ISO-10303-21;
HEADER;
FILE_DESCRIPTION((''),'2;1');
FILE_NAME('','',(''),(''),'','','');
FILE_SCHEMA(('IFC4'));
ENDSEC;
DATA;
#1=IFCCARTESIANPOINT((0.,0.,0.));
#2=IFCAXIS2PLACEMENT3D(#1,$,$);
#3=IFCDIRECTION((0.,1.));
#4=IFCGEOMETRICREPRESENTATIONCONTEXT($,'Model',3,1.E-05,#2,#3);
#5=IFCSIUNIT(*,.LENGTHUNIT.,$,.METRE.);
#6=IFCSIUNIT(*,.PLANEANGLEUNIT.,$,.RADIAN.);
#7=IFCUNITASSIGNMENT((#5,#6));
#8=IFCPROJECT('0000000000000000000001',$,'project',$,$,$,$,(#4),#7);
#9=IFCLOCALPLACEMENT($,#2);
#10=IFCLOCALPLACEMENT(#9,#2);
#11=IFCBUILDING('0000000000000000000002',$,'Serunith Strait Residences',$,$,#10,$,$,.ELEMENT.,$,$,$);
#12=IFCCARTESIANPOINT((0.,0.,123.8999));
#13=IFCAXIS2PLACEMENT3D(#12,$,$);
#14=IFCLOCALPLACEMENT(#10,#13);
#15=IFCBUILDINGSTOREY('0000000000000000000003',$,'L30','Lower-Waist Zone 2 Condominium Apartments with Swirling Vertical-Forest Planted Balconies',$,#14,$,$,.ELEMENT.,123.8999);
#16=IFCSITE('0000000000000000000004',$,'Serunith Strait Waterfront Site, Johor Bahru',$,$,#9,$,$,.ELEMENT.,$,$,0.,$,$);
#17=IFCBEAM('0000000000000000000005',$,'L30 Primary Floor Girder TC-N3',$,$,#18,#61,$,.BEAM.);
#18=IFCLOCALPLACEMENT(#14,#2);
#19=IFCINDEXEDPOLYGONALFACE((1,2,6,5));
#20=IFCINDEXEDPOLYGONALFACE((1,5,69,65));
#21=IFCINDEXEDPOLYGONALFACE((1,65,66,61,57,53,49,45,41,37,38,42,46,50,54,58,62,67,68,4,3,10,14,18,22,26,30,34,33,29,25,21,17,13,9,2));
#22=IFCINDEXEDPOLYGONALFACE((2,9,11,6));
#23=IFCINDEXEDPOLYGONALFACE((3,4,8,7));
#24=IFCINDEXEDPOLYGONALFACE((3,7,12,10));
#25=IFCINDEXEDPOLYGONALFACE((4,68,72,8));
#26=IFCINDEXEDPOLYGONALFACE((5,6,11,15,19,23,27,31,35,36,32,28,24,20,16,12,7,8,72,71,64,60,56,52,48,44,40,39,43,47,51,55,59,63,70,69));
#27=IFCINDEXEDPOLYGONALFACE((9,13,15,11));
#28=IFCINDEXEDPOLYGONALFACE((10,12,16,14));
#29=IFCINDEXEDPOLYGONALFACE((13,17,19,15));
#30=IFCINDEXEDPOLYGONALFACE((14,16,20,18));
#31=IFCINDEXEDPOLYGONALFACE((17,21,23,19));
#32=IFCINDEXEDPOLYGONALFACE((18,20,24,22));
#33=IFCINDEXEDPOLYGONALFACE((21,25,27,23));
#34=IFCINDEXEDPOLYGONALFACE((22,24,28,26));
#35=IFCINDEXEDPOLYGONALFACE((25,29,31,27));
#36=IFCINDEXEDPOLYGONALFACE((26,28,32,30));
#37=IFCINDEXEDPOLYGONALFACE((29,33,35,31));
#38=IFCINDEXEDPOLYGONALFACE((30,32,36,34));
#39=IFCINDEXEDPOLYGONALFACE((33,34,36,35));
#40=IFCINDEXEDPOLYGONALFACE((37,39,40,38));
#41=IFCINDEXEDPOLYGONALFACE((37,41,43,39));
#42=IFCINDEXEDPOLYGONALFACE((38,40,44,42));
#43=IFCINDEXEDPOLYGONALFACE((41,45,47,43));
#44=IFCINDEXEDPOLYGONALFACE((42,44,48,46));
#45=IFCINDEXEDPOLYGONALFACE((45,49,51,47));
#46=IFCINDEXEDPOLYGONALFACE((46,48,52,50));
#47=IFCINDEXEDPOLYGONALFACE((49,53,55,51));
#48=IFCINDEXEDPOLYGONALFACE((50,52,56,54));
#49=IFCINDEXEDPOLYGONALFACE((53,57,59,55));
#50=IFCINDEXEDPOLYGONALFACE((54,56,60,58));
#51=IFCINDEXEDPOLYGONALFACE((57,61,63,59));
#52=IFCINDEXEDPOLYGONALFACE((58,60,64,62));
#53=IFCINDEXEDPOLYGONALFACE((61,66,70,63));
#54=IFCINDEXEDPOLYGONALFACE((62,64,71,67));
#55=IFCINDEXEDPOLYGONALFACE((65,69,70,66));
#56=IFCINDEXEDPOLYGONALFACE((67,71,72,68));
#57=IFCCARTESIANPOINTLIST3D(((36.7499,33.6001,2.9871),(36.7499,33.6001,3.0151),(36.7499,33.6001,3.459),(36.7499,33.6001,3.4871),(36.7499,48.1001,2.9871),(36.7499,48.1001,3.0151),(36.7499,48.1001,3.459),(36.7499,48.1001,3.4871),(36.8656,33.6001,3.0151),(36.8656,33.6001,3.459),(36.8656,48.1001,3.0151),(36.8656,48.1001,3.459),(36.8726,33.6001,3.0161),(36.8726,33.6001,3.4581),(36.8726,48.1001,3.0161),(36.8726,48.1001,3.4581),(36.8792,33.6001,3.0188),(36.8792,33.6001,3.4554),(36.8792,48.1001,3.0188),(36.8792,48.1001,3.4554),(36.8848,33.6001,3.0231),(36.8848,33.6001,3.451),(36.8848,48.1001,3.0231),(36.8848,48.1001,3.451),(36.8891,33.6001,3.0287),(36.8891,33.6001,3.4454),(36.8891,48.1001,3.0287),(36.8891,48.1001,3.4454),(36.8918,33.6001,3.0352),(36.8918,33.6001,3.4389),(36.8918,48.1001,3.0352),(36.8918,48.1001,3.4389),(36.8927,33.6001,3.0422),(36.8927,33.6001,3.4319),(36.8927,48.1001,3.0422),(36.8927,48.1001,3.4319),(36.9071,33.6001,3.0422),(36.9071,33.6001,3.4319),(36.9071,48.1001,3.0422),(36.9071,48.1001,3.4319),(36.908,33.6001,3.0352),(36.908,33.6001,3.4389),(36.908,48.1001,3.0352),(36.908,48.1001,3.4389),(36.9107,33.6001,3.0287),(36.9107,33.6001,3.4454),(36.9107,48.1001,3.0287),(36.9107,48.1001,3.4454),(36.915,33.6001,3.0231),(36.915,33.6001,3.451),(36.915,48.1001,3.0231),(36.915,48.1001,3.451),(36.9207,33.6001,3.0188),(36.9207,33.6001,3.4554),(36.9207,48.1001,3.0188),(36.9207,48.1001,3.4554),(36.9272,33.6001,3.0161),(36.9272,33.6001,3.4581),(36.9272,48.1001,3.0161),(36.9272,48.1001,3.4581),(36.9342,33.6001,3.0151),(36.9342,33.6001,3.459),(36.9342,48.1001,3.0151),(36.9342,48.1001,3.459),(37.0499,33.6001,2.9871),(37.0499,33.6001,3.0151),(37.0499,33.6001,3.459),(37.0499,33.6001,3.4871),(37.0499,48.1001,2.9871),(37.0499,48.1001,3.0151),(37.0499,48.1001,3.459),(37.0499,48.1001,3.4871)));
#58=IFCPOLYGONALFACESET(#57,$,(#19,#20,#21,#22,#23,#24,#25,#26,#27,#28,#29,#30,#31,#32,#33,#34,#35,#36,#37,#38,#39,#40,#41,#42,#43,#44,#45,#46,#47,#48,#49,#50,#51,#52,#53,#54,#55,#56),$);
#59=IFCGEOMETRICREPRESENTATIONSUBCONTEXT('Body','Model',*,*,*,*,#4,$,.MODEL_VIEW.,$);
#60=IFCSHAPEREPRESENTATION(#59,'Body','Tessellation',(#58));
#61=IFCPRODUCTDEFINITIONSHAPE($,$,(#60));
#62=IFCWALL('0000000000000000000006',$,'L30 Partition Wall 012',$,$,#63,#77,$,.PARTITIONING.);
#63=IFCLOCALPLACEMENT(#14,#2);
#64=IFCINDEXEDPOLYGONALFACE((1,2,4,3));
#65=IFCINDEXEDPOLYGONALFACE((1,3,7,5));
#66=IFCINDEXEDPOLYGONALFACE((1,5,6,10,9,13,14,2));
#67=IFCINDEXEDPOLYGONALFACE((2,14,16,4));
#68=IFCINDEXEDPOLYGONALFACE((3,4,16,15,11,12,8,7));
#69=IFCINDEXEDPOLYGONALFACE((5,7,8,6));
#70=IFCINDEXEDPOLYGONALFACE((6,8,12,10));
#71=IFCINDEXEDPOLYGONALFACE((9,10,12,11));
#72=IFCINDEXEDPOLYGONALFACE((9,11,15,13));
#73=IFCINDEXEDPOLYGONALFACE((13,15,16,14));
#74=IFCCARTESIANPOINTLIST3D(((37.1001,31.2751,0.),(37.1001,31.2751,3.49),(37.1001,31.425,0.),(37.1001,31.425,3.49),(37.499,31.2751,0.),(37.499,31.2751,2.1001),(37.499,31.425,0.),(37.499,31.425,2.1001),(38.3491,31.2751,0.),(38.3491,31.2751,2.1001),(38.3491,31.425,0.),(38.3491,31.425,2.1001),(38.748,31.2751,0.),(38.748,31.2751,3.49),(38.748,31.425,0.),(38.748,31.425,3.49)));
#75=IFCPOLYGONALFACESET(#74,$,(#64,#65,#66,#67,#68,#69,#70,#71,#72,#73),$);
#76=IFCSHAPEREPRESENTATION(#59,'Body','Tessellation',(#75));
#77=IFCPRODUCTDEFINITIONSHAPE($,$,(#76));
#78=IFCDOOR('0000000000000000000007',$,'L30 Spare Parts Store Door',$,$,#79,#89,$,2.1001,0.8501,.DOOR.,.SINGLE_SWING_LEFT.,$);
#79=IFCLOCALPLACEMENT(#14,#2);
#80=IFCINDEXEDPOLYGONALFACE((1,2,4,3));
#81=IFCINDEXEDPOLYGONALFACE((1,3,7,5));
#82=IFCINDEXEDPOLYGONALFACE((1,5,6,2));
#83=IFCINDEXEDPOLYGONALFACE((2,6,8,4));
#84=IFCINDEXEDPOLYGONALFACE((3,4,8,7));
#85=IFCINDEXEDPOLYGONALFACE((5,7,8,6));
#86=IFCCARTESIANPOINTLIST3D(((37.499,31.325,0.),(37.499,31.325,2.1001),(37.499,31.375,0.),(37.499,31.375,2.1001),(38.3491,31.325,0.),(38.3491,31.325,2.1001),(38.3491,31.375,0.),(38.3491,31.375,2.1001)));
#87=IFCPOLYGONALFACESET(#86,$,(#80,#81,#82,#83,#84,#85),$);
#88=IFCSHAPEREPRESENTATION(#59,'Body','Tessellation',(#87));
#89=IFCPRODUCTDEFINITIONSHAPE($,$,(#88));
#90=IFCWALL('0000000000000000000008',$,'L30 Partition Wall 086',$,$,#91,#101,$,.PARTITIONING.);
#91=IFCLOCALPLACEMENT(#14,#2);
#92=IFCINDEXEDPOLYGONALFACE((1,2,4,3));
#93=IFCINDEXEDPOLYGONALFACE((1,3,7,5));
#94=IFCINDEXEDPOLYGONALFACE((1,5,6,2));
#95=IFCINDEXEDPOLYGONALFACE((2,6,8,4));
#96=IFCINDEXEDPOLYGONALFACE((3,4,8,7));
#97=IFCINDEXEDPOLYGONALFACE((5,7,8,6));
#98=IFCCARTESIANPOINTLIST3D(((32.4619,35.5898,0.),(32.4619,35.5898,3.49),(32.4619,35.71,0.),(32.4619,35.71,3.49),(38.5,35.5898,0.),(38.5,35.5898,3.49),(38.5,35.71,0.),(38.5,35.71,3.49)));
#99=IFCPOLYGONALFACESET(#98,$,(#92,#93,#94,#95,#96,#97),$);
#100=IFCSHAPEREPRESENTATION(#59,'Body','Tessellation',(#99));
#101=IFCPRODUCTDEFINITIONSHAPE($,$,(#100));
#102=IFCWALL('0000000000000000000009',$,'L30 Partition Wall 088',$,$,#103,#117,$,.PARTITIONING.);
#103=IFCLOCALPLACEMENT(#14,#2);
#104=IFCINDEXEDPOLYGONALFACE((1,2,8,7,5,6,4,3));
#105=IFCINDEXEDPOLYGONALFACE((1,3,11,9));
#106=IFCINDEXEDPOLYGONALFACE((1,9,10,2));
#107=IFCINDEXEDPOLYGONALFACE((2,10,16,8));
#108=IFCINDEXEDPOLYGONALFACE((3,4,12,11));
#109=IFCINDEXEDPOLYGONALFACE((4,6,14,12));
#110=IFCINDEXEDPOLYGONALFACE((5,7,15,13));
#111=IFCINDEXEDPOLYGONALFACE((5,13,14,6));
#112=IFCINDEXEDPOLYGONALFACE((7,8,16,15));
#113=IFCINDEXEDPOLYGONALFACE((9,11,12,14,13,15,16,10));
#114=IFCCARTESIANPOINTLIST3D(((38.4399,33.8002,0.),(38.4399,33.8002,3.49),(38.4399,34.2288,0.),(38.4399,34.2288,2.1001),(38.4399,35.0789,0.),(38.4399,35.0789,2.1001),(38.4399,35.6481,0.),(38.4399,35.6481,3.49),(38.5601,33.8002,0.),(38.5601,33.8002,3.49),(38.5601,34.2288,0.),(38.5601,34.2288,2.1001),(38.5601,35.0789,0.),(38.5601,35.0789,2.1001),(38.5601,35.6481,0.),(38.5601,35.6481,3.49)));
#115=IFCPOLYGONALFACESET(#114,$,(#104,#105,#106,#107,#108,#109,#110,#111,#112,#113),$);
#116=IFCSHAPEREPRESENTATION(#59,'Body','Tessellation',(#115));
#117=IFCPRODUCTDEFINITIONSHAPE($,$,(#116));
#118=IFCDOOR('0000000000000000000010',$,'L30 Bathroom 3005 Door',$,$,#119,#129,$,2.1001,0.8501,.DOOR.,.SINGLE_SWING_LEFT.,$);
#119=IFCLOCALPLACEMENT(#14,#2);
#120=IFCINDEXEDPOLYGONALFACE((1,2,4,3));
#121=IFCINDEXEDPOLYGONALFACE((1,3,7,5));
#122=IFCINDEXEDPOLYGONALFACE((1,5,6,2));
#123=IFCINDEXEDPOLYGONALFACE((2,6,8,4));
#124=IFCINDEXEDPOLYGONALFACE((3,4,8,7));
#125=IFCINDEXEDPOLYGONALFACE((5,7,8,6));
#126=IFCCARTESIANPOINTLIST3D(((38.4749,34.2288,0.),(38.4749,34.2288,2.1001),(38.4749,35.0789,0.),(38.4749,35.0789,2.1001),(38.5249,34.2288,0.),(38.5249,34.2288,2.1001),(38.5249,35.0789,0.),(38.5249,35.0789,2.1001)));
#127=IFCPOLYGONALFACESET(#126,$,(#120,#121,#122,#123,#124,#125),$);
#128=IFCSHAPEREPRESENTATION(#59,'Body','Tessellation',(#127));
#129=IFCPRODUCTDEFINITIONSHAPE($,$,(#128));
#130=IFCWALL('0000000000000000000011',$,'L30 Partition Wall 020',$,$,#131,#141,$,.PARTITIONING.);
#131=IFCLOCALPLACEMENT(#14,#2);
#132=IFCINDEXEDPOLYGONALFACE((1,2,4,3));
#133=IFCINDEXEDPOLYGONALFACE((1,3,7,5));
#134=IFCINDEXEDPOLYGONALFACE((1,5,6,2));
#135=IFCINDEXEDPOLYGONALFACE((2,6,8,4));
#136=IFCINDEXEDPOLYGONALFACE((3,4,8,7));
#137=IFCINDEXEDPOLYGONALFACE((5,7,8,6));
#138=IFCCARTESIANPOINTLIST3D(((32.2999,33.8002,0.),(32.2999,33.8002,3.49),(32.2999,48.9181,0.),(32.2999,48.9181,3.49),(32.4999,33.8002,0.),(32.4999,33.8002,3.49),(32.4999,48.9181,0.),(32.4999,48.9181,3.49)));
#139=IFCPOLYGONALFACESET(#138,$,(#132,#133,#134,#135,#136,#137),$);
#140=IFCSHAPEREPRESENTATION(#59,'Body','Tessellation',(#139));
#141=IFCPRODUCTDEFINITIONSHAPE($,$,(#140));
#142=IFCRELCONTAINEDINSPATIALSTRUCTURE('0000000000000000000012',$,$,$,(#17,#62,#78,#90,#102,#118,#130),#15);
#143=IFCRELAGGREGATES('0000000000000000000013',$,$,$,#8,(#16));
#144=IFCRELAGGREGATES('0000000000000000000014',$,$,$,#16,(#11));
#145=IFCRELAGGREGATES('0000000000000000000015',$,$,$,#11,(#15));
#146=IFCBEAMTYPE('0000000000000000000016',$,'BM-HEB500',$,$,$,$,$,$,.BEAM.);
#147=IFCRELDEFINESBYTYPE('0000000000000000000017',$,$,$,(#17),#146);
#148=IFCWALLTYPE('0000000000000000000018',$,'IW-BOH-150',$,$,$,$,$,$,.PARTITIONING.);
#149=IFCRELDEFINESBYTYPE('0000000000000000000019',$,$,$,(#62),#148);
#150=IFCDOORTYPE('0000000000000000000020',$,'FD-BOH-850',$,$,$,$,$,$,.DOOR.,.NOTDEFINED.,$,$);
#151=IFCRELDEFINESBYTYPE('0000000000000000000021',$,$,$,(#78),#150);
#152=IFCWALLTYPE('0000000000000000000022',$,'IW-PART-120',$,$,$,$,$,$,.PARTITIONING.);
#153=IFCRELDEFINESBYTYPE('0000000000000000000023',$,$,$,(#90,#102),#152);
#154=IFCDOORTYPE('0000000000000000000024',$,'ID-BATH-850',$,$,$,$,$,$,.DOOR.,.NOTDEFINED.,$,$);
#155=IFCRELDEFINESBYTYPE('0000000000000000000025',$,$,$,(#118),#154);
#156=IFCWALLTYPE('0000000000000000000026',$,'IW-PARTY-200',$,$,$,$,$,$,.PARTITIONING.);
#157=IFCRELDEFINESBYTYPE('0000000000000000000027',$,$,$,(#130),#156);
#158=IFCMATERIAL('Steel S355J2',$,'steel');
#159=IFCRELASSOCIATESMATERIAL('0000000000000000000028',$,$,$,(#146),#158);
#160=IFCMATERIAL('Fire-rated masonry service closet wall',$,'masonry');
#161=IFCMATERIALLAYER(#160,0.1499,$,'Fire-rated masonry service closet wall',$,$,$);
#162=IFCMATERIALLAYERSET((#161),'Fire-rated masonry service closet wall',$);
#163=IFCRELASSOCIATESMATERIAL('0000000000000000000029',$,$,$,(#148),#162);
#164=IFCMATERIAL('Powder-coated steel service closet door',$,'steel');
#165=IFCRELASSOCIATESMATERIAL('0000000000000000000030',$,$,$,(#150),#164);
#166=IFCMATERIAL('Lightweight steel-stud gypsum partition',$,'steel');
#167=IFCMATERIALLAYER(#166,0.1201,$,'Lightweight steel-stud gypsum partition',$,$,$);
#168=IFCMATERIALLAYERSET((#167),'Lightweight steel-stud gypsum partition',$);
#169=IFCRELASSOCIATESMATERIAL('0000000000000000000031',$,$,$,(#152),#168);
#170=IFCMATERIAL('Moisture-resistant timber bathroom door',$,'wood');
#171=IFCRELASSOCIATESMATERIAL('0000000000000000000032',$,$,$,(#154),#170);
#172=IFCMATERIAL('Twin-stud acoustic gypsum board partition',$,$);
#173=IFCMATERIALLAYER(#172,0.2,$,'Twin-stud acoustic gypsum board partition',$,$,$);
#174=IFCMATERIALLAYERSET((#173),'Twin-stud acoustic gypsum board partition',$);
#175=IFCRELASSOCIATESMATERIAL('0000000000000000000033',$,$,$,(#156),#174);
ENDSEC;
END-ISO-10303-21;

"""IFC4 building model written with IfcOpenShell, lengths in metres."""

from ifc_helpers import new_model, si_unit, direction, frame, frame_2d, origin, origin_2d, place, context, subcontext, project, spatial, rectangle, i_section, extrude, source, transform, mapped, material, layer, layer_set, material_profile, profile_set, type_object, element, fill, save


model = new_model("IFC4")

# Units and contexts
model_context = context("Model", 3, precision=1e-05, world=origin(), true_north=direction((0.0, 1.0)))
body_context = subcontext(model_context, "Body", "Model", "MODEL_VIEW")
ifc_project = project(units=[si_unit("LENGTHUNIT", "METRE"), si_unit("PLANEANGLEUNIT", "RADIAN")], contexts=[model_context])

# Site, building, storey
site_placement = place(None, origin())
site = spatial("IfcSite", under=ifc_project, at=site_placement, Name="Serunith Strait Waterfront Site, Johor Bahru", CompositionType="ELEMENT", RefElevation=0.0)
building_placement = place(site_placement, origin())
building = spatial("IfcBuilding", under=site, at=building_placement, Name="Serunith Strait Residences", CompositionType="ELEMENT")
storey_placement = place(building_placement, frame((0.0, 0.0, 123.8999)))
storey = spatial("IfcBuildingStorey", under=building, at=storey_placement, Name="L30", Description="Lower-Waist Zone 2 Condominium Apartments with Swirling Vertical-Forest Planted Balconies", CompositionType="ELEMENT", Elevation=123.8999)

# Beam
ifc_material_1 = material(Name="Steel S355J2", Category="steel")
ifc_material_profile = material_profile(ifc_material_1, i_section(OverallWidth=0.3, OverallDepth=0.5, WebThickness=0.0144, FlangeThickness=0.0281, FilletRadius=0.0271, at=origin_2d()), Name="HEB 500")
ifc_profile_set = profile_set([ifc_material_profile], Name="Steel S355J2")
beam_type = type_object("IfcBeamType", Name="BM-HEB500", PredefinedType="BEAM", material=ifc_profile_set)
shared_shape_1 = source(origin(), body_context, "Body", "SweptSolid", [
    extrude(i_section(OverallWidth=0.3, OverallDepth=0.5, WebThickness=0.0144, FlangeThickness=0.0281, FilletRadius=0.0271, at=origin_2d()), origin(), (0.0, 0.0, 1.0), 14.5),
])
beam_placement = place(storey_placement, frame((36.8999, 33.6001, 3.2371), z_axis=(0.0, 1.0, 0.0), x_axis=(-1.0, 0.0, 0.0)))
element("IfcBeam", 1, at=beam_placement, inside=storey, type_object=beam_type, Name="L30 Primary Floor Girder TC-N3", PredefinedType="BEAM", context=body_context, shape_type="MappedRepresentation", body=[
    mapped(shared_shape_1, transform((0.0, 0.0, 0.0), scale=1.0)),
])

# Wall, opening, door
ifc_material_2 = material(Name="Fire-rated masonry service closet wall", Category="masonry")
ifc_layer_1 = layer(ifc_material_2, 0.1499, Name="Fire-rated masonry service closet wall")
ifc_layer_set_1 = layer_set([ifc_layer_1], Name="Fire-rated masonry service closet wall")
wall_type_1 = type_object("IfcWallType", Name="IW-BOH-150", PredefinedType="PARTITIONING", material=ifc_layer_set_1)
wall_1_placement = place(storey_placement, frame((37.1001, 31.3501, 0.0), z_axis=(0.0, 0.0, 1.0), x_axis=(1.0, 0.0, 0.0)))
wall_1 = element("IfcWall", 2, at=wall_1_placement, inside=storey, type_object=wall_type_1, Name="L30 Partition Wall 012", PredefinedType="PARTITIONING", context=body_context, shape_type="SweptSolid", body=[
    extrude(rectangle(XDim=1.6479, YDim=0.1499, at=frame_2d((0.824, 0.0))), origin(), (0.0, 0.0, 1.0), 3.49),
])
opening_1_placement = place(wall_1_placement, frame((0.3989, 0.0, 0.0)))
opening_1 = element("IfcOpeningElement", 3, at=opening_1_placement, cuts=wall_1, PredefinedType="OPENING", context=body_context, shape_type="SweptSolid", body=[
    extrude(rectangle(XDim=0.8501, YDim=2.1001, at=frame_2d((0.425, 1.05))), frame((0.0, 0.085, 0.0), z_axis=(0.0, -1.0, 0.0), x_axis=(1.0, 0.0, 0.0)), (0.0, 0.0, 1.0), 0.1699),
])
ifc_material_3 = material(Name="Powder-coated steel service closet door", Category="steel")
door_type_1 = type_object("IfcDoorType", Name="FD-BOH-850", OperationType="NOTDEFINED", PredefinedType="DOOR", material=ifc_material_3)
shared_shape_2 = source(origin(), body_context, "Body", "SweptSolid", [
    extrude(rectangle(XDim=0.8501, YDim=2.1001, at=frame_2d((0.425, 1.05))), frame((0.0, 0.0249, 0.0), z_axis=(0.0, -1.0, 0.0), x_axis=(1.0, 0.0, 0.0)), (0.0, 0.0, 1.0), 0.05),
])
door_1_placement = place(opening_1_placement, origin())
door_1 = element("IfcDoor", 4, at=door_1_placement, inside=storey, type_object=door_type_1, Name="L30 Spare Parts Store Door", OperationType="SINGLE_SWING_LEFT", OverallHeight=2.1001, OverallWidth=0.8501, PredefinedType="DOOR", context=body_context, shape_type="MappedRepresentation", body=[
    mapped(shared_shape_2, transform((0.0, 0.0, 0.0), scale=1.0)),
])
fill(opening_1, door_1)

# Wall
ifc_material_4 = material(Name="Lightweight steel-stud gypsum partition", Category="steel")
ifc_layer_2 = layer(ifc_material_4, 0.1201, Name="Lightweight steel-stud gypsum partition")
ifc_layer_set_2 = layer_set([ifc_layer_2], Name="Lightweight steel-stud gypsum partition")
wall_type_2 = type_object("IfcWallType", Name="IW-PART-120", PredefinedType="PARTITIONING", material=ifc_layer_set_2)
wall_2_placement = place(storey_placement, frame((32.4619, 35.6499, 0.0), z_axis=(0.0, 0.0, 1.0), x_axis=(1.0, 0.0, 0.0)))
element("IfcWall", 5, at=wall_2_placement, inside=storey, type_object=wall_type_2, Name="L30 Partition Wall 086", PredefinedType="PARTITIONING", context=body_context, shape_type="SweptSolid", body=[
    extrude(rectangle(XDim=6.0381, YDim=0.1201, at=frame_2d((3.019, 0.0))), origin(), (0.0, 0.0, 1.0), 3.49),
])

# Wall, opening, door
wall_3_placement = place(storey_placement, frame((38.5, 35.6479, 0.0), z_axis=(0.0, 0.0, 1.0), x_axis=(0.0, -1.0, 0.0)))
wall_3 = element("IfcWall", 6, at=wall_3_placement, inside=storey, type_object=wall_type_2, Name="L30 Partition Wall 088", PredefinedType="PARTITIONING", context=body_context, shape_type="SweptSolid", body=[
    extrude(rectangle(XDim=1.8479, YDim=0.1201, at=frame_2d((0.9238, 0.0))), origin(), (0.0, 0.0, 1.0), 3.49),
])
opening_2_placement = place(wall_3_placement, frame((0.5691, 0.0, 0.0)))
opening_2 = element("IfcOpeningElement", 7, at=opening_2_placement, cuts=wall_3, PredefinedType="OPENING", context=body_context, shape_type="SweptSolid", body=[
    extrude(rectangle(XDim=0.8501, YDim=2.1001, at=frame_2d((0.425, 1.05))), frame((0.0, 0.0701, 0.0), z_axis=(0.0, -1.0, 0.0), x_axis=(1.0, 0.0, 0.0)), (0.0, 0.0, 1.0), 0.1401),
])
ifc_material_5 = material(Name="Moisture-resistant timber bathroom door", Category="wood")
door_type_2 = type_object("IfcDoorType", Name="ID-BATH-850", OperationType="NOTDEFINED", PredefinedType="DOOR", material=ifc_material_5)
door_2_placement = place(opening_2_placement, origin())
door_2 = element("IfcDoor", 8, at=door_2_placement, inside=storey, type_object=door_type_2, Name="L30 Bathroom 3005 Door", OperationType="SINGLE_SWING_LEFT", OverallHeight=2.1001, OverallWidth=0.8501, PredefinedType="DOOR", context=body_context, shape_type="MappedRepresentation", body=[
    mapped(shared_shape_2, transform((0.0, 0.0, 0.0), scale=1.0)),
])
fill(opening_2, door_2)

# Wall
ifc_material_6 = material(Name="Twin-stud acoustic gypsum board partition")
ifc_layer_3 = layer(ifc_material_6, 0.2, Name="Twin-stud acoustic gypsum board partition")
ifc_layer_set_3 = layer_set([ifc_layer_3], Name="Twin-stud acoustic gypsum board partition")
wall_type_3 = type_object("IfcWallType", Name="IW-PARTY-200", PredefinedType="PARTITIONING", material=ifc_layer_set_3)
wall_4_placement = place(storey_placement, frame((32.3999, 33.8, 0.0), z_axis=(0.0, 0.0, 1.0), x_axis=(0.0, 1.0, 0.0)))
element("IfcWall", 9, at=wall_4_placement, inside=storey, type_object=wall_type_3, Name="L30 Partition Wall 020", PredefinedType="PARTITIONING", context=body_context, shape_type="SweptSolid", body=[
    extrude(rectangle(XDim=15.1179, YDim=0.2, at=frame_2d((7.5591, 0.0))), origin(), (0.0, 0.0, 1.0), 3.49),
])

save(model, "model.ifc")
